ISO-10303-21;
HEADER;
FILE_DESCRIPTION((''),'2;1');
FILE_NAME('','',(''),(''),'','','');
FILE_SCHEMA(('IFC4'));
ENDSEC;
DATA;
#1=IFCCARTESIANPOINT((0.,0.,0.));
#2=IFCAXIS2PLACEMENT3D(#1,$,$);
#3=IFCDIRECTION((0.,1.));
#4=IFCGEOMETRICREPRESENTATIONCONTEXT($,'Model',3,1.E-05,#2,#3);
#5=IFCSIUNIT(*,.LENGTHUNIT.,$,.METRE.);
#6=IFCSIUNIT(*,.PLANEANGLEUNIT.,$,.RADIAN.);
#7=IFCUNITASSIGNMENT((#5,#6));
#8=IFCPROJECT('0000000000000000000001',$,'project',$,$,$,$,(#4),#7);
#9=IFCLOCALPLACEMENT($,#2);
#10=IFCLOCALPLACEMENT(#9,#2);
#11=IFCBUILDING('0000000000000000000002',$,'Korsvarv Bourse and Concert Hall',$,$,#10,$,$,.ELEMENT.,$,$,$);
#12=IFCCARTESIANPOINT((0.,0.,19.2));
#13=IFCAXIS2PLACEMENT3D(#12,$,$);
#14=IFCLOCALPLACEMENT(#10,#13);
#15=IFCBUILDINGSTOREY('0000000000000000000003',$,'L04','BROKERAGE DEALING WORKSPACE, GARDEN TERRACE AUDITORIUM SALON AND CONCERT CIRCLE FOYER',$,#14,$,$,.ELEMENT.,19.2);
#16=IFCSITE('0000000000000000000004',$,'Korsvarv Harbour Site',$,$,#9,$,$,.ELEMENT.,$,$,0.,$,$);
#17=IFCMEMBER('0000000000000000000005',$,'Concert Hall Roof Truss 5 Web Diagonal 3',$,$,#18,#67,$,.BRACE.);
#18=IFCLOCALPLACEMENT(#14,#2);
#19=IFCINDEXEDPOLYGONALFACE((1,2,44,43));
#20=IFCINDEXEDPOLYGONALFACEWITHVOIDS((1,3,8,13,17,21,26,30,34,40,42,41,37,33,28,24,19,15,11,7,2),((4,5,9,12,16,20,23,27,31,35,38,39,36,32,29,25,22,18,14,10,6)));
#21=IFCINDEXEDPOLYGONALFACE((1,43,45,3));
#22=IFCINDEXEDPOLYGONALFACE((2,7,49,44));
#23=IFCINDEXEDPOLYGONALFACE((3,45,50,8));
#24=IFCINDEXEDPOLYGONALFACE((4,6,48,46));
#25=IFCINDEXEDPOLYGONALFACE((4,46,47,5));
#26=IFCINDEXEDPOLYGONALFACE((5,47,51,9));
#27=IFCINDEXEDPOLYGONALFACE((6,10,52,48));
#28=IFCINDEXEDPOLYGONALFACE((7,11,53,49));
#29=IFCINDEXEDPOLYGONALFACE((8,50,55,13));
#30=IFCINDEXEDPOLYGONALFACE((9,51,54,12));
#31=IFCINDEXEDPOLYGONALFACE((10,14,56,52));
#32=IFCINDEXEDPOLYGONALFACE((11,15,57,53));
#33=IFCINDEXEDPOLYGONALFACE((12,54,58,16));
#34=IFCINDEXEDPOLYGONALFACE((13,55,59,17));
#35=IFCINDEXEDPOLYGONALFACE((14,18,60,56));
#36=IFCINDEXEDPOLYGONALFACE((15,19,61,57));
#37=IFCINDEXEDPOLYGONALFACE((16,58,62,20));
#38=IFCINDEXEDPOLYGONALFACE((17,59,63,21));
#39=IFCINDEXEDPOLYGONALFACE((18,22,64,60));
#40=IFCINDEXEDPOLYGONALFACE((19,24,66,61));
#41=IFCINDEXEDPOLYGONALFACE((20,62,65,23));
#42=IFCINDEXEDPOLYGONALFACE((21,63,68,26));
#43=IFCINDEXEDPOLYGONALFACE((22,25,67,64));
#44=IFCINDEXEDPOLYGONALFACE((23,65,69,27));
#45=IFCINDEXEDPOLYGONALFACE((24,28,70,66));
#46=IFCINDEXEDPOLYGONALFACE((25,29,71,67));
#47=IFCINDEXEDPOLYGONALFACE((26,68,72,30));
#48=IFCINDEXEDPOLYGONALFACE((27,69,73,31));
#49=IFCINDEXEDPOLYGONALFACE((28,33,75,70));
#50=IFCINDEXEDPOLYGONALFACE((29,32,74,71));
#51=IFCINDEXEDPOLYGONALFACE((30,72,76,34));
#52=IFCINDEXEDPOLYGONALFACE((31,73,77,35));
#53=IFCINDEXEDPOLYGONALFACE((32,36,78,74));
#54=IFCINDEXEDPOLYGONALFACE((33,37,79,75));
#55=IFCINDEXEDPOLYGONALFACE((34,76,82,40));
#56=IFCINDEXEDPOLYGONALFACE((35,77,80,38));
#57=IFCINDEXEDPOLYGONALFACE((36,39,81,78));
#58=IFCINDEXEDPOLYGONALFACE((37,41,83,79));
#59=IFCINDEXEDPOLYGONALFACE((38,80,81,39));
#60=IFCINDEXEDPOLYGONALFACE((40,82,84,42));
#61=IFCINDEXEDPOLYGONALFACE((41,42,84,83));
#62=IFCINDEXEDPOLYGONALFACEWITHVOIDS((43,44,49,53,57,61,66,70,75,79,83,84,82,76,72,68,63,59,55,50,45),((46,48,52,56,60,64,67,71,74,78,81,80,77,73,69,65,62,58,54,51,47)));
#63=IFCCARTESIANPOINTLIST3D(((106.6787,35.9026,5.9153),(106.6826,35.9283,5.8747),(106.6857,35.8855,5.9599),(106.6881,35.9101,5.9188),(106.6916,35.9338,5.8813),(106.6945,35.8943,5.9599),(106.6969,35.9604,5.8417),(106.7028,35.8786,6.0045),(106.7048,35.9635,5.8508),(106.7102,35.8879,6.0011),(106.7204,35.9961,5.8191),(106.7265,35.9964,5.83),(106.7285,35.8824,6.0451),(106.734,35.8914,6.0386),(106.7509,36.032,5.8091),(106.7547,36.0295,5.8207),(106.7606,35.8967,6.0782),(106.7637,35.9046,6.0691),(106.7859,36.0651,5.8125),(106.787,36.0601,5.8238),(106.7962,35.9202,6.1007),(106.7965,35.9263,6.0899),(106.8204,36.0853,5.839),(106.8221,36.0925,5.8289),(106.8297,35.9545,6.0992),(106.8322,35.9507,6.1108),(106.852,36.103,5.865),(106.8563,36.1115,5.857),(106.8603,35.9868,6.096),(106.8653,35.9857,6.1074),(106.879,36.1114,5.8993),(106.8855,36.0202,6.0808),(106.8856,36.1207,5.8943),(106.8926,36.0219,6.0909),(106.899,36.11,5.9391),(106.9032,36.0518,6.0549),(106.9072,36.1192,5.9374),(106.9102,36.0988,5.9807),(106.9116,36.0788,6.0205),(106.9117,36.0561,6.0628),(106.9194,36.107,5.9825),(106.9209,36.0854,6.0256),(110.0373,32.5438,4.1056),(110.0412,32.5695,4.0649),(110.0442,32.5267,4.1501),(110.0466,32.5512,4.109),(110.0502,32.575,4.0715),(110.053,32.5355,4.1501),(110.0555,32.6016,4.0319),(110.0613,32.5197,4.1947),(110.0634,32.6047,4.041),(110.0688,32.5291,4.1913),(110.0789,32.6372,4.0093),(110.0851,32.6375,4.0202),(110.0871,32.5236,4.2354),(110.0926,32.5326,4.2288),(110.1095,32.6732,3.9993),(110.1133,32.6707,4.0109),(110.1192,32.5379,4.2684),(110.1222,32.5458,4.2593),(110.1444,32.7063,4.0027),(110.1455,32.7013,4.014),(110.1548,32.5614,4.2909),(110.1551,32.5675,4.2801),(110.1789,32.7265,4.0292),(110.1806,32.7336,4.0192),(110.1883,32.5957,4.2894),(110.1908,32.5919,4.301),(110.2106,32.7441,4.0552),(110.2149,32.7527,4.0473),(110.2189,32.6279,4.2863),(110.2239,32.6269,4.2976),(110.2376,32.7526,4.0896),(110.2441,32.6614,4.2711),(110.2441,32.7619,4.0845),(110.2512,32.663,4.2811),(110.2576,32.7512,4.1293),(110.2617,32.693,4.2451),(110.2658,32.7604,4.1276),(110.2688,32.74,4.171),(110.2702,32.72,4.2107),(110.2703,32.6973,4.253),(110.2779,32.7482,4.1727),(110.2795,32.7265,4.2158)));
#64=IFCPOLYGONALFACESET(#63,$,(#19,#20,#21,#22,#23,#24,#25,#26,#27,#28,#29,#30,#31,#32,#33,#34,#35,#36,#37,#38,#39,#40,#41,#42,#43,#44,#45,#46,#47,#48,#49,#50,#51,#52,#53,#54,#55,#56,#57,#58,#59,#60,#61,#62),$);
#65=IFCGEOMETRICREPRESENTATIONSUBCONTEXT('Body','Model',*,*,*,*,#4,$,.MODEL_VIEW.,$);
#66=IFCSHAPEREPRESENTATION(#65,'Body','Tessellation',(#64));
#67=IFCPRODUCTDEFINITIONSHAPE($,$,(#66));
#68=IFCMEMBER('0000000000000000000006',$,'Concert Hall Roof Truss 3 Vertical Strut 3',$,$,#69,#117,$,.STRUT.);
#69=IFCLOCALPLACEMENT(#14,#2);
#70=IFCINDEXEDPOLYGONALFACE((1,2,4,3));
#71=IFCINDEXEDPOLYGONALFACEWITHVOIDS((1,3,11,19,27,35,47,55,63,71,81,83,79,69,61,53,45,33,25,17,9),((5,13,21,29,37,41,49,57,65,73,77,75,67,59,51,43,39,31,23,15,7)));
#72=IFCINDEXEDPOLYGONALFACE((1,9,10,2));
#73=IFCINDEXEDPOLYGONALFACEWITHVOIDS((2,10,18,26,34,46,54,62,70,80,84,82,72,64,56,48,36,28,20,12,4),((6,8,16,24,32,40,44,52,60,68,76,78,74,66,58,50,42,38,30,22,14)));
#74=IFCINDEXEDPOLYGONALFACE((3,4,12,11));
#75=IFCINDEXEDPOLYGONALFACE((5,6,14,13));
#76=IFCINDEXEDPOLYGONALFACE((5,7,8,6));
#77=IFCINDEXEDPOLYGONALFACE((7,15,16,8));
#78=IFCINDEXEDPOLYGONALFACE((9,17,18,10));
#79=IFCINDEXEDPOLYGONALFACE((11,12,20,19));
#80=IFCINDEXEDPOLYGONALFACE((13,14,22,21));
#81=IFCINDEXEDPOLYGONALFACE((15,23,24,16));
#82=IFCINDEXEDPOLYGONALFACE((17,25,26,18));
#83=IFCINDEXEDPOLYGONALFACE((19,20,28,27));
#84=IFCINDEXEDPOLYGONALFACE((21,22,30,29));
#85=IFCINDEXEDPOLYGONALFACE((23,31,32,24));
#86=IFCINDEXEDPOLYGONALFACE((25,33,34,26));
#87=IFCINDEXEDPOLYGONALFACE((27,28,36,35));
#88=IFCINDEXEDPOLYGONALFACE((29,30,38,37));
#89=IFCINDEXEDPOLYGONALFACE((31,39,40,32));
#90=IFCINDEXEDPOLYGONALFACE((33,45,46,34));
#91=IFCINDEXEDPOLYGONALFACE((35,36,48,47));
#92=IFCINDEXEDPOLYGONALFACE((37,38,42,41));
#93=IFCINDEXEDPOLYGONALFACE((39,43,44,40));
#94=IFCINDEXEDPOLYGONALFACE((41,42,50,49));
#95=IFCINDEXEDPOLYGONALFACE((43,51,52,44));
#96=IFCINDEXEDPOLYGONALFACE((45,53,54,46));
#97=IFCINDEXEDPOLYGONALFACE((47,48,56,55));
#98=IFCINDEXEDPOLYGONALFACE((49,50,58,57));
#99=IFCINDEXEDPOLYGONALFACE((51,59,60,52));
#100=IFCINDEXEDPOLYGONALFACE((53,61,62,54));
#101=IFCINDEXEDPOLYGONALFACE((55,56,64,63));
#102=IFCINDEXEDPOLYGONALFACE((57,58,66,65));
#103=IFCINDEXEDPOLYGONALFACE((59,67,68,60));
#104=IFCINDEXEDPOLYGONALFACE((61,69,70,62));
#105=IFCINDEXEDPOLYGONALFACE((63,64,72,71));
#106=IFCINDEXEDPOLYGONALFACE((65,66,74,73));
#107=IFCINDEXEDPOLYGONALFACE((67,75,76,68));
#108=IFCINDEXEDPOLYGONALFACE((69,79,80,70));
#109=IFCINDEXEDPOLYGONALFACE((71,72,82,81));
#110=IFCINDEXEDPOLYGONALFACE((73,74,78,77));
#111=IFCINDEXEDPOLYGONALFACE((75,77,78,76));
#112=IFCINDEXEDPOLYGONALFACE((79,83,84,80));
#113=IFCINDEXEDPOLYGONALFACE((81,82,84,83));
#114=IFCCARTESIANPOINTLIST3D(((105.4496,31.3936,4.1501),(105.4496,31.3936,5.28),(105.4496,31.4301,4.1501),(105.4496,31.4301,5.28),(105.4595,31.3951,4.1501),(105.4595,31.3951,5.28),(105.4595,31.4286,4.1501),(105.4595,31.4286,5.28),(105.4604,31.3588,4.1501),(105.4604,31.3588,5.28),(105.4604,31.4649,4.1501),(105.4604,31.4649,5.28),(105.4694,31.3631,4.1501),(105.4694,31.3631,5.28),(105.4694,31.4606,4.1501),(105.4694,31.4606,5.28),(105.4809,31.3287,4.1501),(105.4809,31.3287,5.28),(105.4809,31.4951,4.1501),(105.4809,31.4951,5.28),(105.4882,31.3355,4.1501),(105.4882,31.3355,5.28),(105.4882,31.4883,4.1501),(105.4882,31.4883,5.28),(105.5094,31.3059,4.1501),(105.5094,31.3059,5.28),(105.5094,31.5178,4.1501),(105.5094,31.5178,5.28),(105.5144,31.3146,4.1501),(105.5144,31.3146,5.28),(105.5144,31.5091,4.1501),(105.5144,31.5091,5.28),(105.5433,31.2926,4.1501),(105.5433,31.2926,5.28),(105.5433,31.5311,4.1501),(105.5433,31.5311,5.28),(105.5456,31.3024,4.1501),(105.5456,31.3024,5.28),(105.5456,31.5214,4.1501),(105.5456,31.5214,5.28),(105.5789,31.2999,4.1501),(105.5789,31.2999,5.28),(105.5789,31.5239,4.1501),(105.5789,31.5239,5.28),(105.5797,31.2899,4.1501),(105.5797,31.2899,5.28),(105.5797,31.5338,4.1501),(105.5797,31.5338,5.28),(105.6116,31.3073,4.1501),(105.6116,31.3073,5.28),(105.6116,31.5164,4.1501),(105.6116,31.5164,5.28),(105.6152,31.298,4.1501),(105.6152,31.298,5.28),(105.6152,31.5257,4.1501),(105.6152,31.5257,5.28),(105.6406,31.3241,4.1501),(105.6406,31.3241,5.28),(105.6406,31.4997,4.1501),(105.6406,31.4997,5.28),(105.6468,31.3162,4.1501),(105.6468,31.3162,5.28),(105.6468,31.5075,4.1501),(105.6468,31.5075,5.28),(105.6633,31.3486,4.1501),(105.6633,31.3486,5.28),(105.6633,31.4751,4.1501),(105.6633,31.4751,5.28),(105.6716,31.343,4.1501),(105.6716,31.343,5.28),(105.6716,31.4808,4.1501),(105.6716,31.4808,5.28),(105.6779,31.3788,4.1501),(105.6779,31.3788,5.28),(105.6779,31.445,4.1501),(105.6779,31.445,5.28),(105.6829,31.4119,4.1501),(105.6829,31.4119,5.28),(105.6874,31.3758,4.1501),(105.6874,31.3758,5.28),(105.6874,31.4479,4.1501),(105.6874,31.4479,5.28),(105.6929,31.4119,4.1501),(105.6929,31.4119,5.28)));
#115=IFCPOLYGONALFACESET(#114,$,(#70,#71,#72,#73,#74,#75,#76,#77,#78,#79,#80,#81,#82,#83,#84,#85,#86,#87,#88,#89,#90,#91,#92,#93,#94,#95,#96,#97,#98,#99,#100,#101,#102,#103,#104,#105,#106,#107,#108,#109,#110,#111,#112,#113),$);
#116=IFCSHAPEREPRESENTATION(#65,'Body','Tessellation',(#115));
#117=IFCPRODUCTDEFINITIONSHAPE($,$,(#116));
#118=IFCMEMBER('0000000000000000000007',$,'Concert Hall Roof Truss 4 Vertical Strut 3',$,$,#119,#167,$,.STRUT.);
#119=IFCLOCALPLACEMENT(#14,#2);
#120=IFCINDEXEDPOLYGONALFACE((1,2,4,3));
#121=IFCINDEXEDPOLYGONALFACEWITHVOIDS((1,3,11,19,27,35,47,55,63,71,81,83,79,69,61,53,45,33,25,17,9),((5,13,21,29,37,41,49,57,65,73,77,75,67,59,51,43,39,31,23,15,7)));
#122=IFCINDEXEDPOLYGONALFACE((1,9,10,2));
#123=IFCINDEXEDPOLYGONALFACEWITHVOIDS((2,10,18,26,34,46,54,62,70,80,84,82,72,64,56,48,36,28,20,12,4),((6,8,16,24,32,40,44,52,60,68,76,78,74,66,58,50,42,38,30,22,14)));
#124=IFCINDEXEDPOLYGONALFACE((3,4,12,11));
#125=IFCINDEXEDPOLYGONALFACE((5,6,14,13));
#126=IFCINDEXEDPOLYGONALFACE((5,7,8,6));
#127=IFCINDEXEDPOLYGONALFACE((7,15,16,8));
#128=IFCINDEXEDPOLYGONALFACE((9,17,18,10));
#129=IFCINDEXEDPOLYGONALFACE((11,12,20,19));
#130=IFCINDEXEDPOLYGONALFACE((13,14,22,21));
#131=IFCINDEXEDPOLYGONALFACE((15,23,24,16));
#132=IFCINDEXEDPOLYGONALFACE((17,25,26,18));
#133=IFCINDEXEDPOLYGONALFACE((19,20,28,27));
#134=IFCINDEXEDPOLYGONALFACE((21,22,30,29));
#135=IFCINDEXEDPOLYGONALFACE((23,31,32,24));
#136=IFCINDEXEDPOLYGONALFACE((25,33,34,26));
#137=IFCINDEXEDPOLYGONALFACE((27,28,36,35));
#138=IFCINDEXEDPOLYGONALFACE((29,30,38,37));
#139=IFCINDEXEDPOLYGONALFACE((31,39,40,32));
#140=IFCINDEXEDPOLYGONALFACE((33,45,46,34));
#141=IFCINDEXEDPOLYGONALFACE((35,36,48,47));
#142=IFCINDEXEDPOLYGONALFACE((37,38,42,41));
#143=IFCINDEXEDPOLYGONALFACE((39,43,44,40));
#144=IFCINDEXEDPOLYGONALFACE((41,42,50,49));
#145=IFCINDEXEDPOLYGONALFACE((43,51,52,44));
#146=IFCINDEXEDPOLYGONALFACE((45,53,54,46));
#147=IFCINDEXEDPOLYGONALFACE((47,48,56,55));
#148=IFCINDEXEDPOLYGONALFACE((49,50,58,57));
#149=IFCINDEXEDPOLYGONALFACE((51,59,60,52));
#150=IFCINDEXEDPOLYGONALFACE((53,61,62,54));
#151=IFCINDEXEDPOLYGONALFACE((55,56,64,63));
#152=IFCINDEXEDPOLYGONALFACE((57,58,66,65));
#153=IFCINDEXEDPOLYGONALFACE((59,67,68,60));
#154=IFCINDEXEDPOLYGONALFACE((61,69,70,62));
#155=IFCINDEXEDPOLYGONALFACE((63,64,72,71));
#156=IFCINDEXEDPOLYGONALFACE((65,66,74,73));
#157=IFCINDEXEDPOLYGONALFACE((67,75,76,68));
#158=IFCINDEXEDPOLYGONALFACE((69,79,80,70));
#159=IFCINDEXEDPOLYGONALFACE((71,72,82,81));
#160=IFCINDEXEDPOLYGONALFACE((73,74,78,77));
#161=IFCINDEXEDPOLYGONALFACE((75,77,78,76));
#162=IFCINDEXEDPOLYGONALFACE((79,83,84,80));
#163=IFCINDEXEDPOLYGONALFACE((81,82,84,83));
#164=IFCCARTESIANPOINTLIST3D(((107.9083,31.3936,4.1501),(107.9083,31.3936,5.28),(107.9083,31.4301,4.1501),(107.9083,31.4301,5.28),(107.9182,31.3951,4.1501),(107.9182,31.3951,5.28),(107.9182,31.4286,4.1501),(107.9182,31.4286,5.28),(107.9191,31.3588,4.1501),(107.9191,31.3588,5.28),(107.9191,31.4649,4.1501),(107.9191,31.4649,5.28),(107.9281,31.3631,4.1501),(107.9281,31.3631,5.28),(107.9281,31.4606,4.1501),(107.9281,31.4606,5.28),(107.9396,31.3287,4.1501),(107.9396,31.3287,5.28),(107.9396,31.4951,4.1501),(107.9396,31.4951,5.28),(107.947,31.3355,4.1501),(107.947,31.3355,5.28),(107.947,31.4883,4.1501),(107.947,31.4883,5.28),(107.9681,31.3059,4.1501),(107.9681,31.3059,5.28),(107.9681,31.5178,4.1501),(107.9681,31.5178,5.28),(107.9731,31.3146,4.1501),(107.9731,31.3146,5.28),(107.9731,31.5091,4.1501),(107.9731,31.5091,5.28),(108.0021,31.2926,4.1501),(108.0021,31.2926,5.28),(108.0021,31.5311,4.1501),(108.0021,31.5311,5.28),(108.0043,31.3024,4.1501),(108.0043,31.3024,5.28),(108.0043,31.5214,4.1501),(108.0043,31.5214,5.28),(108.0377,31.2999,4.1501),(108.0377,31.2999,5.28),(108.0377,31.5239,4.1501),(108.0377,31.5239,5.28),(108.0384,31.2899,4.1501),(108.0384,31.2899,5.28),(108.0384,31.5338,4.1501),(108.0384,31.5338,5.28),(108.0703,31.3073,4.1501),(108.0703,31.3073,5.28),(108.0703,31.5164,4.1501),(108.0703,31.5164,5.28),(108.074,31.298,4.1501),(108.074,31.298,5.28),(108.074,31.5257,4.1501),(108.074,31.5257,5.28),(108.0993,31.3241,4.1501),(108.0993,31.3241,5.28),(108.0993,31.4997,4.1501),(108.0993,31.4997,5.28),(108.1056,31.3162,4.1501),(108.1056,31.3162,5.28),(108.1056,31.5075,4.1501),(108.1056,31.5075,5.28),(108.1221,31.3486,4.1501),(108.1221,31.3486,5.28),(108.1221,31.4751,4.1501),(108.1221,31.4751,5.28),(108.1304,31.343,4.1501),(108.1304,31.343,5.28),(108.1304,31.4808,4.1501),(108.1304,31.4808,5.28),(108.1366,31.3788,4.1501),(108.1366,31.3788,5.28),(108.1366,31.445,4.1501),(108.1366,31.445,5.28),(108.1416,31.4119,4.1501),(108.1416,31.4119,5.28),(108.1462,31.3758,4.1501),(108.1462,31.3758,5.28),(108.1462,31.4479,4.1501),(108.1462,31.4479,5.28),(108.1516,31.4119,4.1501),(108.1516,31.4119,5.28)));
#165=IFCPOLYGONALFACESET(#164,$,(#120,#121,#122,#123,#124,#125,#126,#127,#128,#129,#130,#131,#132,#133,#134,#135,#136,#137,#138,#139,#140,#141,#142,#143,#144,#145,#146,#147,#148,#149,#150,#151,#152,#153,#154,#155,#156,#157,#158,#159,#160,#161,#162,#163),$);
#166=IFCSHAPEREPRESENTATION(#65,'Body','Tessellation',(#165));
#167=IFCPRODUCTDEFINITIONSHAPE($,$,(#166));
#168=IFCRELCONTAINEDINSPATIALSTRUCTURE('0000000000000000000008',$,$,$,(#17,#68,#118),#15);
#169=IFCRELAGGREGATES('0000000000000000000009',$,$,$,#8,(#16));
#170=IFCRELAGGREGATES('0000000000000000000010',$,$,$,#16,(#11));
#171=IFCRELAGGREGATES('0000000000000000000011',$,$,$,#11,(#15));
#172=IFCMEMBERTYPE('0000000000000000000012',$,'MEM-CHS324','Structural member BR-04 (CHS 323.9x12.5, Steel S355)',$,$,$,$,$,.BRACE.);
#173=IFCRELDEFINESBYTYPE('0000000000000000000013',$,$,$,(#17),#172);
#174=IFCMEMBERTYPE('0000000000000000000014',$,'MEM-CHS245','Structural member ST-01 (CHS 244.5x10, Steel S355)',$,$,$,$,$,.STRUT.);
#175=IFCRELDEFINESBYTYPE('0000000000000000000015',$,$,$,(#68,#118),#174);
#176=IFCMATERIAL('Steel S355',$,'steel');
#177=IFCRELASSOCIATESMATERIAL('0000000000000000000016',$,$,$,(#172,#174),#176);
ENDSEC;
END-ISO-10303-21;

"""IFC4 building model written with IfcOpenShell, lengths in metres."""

from ifc_helpers import new_model, si_unit, direction, frame, origin, origin_2d, place, context, subcontext, project, spatial, hollow_circle, extrude, source, transform, mapped, material, material_profile, profile_set, type_object, element, save


model = new_model("IFC4")

# Units and contexts
model_context = context("Model", 3, precision=1e-05, world=origin(), true_north=direction((0.0, 1.0)))
body_context = subcontext(model_context, "Body", "Model", "MODEL_VIEW")
ifc_project = project(units=[si_unit("LENGTHUNIT", "METRE"), si_unit("PLANEANGLEUNIT", "RADIAN")], contexts=[model_context])

# Site, building, storey
site_placement = place(None, origin())
site = spatial("IfcSite", under=ifc_project, at=site_placement, Name="Korsvarv Harbour Site", CompositionType="ELEMENT", RefElevation=0.0)
building_placement = place(site_placement, origin())
building = spatial("IfcBuilding", under=site, at=building_placement, Name="Korsvarv Bourse and Concert Hall", CompositionType="ELEMENT")
storey_placement = place(building_placement, frame((0.0, 0.0, 19.2)))
storey = spatial("IfcBuildingStorey", under=building, at=storey_placement, Name="L04", Description="BROKERAGE DEALING WORKSPACE, GARDEN TERRACE AUDITORIUM SALON AND CONCERT CIRCLE FOYER", CompositionType="ELEMENT", Elevation=19.2)

# Members
ifc_material = material(Name="Steel S355", Category="steel")
ifc_material_profile_1 = material_profile(ifc_material, hollow_circle(Radius=0.1619, WallThickness=0.0125, at=origin_2d()), Name="CHS 323.9x12.5")
ifc_profile_set_1 = profile_set([ifc_material_profile_1], Name="Steel S355")
member_type_1 = type_object("IfcMemberType", Name="MEM-CHS324", Description="Structural member BR-04 (CHS 323.9x12.5, Steel S355)", PredefinedType="BRACE", material=ifc_profile_set_1)
shared_shape_1 = source(origin(), body_context, "Body", "SweptSolid", [
    extrude(hollow_circle(Radius=0.1619, WallThickness=0.0125, at=origin_2d()), origin(), (0.0, 0.0, 1.0), 5.083),
])
for number, where, z_axis, x_axis, name in (
    (1, (110.1587, 32.6411, 4.1501), (-0.660745, 0.660793, 0.356045), (-0.707132, -0.707081, 0.0), "Concert Hall Roof Truss 5 Web Diagonal 3"),
):
    element("IfcMember", number, at=place(storey_placement, frame(where, z_axis=z_axis, x_axis=x_axis)), inside=storey, type_object=member_type_1, Name=name, PredefinedType="BRACE", context=body_context, shape_type="MappedRepresentation", body=[
        mapped(shared_shape_1, transform((0.0, 0.0, 0.0), scale=1.0)),
    ])
ifc_material_profile_2 = material_profile(ifc_material, hollow_circle(Radius=0.1223, WallThickness=0.01, at=origin_2d()), Name="CHS 244.5x10")
ifc_profile_set_2 = profile_set([ifc_material_profile_2], Name="Steel S355")
member_type_2 = type_object("IfcMemberType", Name="MEM-CHS245", Description="Structural member ST-01 (CHS 244.5x10, Steel S355)", PredefinedType="STRUT", material=ifc_profile_set_2)
shared_shape_2 = source(origin(), body_context, "Body", "SweptSolid", [
    extrude(hollow_circle(Radius=0.1223, WallThickness=0.01, at=origin_2d()), origin(), (0.0, 0.0, 1.0), 1.1299),
])
for number, where, z_axis, x_axis, name in (
    (2, (105.5706, 31.4119, 4.1501), (0.0, 0.0, 1.0), (1.0, 0.0, 0.0), "Concert Hall Roof Truss 3 Vertical Strut 3"),
    (3, (108.0293, 31.4119, 4.1501), (0.0, 0.0, 1.0), (1.0, 0.0, 0.0), "Concert Hall Roof Truss 4 Vertical Strut 3"),
):
    element("IfcMember", number, at=place(storey_placement, frame(where, z_axis=z_axis, x_axis=x_axis)), inside=storey, type_object=member_type_2, Name=name, PredefinedType="STRUT", context=body_context, shape_type="MappedRepresentation", body=[
        mapped(shared_shape_2, transform((0.0, 0.0, 0.0), scale=1.0)),
    ])

save(model, "model.ifc")
